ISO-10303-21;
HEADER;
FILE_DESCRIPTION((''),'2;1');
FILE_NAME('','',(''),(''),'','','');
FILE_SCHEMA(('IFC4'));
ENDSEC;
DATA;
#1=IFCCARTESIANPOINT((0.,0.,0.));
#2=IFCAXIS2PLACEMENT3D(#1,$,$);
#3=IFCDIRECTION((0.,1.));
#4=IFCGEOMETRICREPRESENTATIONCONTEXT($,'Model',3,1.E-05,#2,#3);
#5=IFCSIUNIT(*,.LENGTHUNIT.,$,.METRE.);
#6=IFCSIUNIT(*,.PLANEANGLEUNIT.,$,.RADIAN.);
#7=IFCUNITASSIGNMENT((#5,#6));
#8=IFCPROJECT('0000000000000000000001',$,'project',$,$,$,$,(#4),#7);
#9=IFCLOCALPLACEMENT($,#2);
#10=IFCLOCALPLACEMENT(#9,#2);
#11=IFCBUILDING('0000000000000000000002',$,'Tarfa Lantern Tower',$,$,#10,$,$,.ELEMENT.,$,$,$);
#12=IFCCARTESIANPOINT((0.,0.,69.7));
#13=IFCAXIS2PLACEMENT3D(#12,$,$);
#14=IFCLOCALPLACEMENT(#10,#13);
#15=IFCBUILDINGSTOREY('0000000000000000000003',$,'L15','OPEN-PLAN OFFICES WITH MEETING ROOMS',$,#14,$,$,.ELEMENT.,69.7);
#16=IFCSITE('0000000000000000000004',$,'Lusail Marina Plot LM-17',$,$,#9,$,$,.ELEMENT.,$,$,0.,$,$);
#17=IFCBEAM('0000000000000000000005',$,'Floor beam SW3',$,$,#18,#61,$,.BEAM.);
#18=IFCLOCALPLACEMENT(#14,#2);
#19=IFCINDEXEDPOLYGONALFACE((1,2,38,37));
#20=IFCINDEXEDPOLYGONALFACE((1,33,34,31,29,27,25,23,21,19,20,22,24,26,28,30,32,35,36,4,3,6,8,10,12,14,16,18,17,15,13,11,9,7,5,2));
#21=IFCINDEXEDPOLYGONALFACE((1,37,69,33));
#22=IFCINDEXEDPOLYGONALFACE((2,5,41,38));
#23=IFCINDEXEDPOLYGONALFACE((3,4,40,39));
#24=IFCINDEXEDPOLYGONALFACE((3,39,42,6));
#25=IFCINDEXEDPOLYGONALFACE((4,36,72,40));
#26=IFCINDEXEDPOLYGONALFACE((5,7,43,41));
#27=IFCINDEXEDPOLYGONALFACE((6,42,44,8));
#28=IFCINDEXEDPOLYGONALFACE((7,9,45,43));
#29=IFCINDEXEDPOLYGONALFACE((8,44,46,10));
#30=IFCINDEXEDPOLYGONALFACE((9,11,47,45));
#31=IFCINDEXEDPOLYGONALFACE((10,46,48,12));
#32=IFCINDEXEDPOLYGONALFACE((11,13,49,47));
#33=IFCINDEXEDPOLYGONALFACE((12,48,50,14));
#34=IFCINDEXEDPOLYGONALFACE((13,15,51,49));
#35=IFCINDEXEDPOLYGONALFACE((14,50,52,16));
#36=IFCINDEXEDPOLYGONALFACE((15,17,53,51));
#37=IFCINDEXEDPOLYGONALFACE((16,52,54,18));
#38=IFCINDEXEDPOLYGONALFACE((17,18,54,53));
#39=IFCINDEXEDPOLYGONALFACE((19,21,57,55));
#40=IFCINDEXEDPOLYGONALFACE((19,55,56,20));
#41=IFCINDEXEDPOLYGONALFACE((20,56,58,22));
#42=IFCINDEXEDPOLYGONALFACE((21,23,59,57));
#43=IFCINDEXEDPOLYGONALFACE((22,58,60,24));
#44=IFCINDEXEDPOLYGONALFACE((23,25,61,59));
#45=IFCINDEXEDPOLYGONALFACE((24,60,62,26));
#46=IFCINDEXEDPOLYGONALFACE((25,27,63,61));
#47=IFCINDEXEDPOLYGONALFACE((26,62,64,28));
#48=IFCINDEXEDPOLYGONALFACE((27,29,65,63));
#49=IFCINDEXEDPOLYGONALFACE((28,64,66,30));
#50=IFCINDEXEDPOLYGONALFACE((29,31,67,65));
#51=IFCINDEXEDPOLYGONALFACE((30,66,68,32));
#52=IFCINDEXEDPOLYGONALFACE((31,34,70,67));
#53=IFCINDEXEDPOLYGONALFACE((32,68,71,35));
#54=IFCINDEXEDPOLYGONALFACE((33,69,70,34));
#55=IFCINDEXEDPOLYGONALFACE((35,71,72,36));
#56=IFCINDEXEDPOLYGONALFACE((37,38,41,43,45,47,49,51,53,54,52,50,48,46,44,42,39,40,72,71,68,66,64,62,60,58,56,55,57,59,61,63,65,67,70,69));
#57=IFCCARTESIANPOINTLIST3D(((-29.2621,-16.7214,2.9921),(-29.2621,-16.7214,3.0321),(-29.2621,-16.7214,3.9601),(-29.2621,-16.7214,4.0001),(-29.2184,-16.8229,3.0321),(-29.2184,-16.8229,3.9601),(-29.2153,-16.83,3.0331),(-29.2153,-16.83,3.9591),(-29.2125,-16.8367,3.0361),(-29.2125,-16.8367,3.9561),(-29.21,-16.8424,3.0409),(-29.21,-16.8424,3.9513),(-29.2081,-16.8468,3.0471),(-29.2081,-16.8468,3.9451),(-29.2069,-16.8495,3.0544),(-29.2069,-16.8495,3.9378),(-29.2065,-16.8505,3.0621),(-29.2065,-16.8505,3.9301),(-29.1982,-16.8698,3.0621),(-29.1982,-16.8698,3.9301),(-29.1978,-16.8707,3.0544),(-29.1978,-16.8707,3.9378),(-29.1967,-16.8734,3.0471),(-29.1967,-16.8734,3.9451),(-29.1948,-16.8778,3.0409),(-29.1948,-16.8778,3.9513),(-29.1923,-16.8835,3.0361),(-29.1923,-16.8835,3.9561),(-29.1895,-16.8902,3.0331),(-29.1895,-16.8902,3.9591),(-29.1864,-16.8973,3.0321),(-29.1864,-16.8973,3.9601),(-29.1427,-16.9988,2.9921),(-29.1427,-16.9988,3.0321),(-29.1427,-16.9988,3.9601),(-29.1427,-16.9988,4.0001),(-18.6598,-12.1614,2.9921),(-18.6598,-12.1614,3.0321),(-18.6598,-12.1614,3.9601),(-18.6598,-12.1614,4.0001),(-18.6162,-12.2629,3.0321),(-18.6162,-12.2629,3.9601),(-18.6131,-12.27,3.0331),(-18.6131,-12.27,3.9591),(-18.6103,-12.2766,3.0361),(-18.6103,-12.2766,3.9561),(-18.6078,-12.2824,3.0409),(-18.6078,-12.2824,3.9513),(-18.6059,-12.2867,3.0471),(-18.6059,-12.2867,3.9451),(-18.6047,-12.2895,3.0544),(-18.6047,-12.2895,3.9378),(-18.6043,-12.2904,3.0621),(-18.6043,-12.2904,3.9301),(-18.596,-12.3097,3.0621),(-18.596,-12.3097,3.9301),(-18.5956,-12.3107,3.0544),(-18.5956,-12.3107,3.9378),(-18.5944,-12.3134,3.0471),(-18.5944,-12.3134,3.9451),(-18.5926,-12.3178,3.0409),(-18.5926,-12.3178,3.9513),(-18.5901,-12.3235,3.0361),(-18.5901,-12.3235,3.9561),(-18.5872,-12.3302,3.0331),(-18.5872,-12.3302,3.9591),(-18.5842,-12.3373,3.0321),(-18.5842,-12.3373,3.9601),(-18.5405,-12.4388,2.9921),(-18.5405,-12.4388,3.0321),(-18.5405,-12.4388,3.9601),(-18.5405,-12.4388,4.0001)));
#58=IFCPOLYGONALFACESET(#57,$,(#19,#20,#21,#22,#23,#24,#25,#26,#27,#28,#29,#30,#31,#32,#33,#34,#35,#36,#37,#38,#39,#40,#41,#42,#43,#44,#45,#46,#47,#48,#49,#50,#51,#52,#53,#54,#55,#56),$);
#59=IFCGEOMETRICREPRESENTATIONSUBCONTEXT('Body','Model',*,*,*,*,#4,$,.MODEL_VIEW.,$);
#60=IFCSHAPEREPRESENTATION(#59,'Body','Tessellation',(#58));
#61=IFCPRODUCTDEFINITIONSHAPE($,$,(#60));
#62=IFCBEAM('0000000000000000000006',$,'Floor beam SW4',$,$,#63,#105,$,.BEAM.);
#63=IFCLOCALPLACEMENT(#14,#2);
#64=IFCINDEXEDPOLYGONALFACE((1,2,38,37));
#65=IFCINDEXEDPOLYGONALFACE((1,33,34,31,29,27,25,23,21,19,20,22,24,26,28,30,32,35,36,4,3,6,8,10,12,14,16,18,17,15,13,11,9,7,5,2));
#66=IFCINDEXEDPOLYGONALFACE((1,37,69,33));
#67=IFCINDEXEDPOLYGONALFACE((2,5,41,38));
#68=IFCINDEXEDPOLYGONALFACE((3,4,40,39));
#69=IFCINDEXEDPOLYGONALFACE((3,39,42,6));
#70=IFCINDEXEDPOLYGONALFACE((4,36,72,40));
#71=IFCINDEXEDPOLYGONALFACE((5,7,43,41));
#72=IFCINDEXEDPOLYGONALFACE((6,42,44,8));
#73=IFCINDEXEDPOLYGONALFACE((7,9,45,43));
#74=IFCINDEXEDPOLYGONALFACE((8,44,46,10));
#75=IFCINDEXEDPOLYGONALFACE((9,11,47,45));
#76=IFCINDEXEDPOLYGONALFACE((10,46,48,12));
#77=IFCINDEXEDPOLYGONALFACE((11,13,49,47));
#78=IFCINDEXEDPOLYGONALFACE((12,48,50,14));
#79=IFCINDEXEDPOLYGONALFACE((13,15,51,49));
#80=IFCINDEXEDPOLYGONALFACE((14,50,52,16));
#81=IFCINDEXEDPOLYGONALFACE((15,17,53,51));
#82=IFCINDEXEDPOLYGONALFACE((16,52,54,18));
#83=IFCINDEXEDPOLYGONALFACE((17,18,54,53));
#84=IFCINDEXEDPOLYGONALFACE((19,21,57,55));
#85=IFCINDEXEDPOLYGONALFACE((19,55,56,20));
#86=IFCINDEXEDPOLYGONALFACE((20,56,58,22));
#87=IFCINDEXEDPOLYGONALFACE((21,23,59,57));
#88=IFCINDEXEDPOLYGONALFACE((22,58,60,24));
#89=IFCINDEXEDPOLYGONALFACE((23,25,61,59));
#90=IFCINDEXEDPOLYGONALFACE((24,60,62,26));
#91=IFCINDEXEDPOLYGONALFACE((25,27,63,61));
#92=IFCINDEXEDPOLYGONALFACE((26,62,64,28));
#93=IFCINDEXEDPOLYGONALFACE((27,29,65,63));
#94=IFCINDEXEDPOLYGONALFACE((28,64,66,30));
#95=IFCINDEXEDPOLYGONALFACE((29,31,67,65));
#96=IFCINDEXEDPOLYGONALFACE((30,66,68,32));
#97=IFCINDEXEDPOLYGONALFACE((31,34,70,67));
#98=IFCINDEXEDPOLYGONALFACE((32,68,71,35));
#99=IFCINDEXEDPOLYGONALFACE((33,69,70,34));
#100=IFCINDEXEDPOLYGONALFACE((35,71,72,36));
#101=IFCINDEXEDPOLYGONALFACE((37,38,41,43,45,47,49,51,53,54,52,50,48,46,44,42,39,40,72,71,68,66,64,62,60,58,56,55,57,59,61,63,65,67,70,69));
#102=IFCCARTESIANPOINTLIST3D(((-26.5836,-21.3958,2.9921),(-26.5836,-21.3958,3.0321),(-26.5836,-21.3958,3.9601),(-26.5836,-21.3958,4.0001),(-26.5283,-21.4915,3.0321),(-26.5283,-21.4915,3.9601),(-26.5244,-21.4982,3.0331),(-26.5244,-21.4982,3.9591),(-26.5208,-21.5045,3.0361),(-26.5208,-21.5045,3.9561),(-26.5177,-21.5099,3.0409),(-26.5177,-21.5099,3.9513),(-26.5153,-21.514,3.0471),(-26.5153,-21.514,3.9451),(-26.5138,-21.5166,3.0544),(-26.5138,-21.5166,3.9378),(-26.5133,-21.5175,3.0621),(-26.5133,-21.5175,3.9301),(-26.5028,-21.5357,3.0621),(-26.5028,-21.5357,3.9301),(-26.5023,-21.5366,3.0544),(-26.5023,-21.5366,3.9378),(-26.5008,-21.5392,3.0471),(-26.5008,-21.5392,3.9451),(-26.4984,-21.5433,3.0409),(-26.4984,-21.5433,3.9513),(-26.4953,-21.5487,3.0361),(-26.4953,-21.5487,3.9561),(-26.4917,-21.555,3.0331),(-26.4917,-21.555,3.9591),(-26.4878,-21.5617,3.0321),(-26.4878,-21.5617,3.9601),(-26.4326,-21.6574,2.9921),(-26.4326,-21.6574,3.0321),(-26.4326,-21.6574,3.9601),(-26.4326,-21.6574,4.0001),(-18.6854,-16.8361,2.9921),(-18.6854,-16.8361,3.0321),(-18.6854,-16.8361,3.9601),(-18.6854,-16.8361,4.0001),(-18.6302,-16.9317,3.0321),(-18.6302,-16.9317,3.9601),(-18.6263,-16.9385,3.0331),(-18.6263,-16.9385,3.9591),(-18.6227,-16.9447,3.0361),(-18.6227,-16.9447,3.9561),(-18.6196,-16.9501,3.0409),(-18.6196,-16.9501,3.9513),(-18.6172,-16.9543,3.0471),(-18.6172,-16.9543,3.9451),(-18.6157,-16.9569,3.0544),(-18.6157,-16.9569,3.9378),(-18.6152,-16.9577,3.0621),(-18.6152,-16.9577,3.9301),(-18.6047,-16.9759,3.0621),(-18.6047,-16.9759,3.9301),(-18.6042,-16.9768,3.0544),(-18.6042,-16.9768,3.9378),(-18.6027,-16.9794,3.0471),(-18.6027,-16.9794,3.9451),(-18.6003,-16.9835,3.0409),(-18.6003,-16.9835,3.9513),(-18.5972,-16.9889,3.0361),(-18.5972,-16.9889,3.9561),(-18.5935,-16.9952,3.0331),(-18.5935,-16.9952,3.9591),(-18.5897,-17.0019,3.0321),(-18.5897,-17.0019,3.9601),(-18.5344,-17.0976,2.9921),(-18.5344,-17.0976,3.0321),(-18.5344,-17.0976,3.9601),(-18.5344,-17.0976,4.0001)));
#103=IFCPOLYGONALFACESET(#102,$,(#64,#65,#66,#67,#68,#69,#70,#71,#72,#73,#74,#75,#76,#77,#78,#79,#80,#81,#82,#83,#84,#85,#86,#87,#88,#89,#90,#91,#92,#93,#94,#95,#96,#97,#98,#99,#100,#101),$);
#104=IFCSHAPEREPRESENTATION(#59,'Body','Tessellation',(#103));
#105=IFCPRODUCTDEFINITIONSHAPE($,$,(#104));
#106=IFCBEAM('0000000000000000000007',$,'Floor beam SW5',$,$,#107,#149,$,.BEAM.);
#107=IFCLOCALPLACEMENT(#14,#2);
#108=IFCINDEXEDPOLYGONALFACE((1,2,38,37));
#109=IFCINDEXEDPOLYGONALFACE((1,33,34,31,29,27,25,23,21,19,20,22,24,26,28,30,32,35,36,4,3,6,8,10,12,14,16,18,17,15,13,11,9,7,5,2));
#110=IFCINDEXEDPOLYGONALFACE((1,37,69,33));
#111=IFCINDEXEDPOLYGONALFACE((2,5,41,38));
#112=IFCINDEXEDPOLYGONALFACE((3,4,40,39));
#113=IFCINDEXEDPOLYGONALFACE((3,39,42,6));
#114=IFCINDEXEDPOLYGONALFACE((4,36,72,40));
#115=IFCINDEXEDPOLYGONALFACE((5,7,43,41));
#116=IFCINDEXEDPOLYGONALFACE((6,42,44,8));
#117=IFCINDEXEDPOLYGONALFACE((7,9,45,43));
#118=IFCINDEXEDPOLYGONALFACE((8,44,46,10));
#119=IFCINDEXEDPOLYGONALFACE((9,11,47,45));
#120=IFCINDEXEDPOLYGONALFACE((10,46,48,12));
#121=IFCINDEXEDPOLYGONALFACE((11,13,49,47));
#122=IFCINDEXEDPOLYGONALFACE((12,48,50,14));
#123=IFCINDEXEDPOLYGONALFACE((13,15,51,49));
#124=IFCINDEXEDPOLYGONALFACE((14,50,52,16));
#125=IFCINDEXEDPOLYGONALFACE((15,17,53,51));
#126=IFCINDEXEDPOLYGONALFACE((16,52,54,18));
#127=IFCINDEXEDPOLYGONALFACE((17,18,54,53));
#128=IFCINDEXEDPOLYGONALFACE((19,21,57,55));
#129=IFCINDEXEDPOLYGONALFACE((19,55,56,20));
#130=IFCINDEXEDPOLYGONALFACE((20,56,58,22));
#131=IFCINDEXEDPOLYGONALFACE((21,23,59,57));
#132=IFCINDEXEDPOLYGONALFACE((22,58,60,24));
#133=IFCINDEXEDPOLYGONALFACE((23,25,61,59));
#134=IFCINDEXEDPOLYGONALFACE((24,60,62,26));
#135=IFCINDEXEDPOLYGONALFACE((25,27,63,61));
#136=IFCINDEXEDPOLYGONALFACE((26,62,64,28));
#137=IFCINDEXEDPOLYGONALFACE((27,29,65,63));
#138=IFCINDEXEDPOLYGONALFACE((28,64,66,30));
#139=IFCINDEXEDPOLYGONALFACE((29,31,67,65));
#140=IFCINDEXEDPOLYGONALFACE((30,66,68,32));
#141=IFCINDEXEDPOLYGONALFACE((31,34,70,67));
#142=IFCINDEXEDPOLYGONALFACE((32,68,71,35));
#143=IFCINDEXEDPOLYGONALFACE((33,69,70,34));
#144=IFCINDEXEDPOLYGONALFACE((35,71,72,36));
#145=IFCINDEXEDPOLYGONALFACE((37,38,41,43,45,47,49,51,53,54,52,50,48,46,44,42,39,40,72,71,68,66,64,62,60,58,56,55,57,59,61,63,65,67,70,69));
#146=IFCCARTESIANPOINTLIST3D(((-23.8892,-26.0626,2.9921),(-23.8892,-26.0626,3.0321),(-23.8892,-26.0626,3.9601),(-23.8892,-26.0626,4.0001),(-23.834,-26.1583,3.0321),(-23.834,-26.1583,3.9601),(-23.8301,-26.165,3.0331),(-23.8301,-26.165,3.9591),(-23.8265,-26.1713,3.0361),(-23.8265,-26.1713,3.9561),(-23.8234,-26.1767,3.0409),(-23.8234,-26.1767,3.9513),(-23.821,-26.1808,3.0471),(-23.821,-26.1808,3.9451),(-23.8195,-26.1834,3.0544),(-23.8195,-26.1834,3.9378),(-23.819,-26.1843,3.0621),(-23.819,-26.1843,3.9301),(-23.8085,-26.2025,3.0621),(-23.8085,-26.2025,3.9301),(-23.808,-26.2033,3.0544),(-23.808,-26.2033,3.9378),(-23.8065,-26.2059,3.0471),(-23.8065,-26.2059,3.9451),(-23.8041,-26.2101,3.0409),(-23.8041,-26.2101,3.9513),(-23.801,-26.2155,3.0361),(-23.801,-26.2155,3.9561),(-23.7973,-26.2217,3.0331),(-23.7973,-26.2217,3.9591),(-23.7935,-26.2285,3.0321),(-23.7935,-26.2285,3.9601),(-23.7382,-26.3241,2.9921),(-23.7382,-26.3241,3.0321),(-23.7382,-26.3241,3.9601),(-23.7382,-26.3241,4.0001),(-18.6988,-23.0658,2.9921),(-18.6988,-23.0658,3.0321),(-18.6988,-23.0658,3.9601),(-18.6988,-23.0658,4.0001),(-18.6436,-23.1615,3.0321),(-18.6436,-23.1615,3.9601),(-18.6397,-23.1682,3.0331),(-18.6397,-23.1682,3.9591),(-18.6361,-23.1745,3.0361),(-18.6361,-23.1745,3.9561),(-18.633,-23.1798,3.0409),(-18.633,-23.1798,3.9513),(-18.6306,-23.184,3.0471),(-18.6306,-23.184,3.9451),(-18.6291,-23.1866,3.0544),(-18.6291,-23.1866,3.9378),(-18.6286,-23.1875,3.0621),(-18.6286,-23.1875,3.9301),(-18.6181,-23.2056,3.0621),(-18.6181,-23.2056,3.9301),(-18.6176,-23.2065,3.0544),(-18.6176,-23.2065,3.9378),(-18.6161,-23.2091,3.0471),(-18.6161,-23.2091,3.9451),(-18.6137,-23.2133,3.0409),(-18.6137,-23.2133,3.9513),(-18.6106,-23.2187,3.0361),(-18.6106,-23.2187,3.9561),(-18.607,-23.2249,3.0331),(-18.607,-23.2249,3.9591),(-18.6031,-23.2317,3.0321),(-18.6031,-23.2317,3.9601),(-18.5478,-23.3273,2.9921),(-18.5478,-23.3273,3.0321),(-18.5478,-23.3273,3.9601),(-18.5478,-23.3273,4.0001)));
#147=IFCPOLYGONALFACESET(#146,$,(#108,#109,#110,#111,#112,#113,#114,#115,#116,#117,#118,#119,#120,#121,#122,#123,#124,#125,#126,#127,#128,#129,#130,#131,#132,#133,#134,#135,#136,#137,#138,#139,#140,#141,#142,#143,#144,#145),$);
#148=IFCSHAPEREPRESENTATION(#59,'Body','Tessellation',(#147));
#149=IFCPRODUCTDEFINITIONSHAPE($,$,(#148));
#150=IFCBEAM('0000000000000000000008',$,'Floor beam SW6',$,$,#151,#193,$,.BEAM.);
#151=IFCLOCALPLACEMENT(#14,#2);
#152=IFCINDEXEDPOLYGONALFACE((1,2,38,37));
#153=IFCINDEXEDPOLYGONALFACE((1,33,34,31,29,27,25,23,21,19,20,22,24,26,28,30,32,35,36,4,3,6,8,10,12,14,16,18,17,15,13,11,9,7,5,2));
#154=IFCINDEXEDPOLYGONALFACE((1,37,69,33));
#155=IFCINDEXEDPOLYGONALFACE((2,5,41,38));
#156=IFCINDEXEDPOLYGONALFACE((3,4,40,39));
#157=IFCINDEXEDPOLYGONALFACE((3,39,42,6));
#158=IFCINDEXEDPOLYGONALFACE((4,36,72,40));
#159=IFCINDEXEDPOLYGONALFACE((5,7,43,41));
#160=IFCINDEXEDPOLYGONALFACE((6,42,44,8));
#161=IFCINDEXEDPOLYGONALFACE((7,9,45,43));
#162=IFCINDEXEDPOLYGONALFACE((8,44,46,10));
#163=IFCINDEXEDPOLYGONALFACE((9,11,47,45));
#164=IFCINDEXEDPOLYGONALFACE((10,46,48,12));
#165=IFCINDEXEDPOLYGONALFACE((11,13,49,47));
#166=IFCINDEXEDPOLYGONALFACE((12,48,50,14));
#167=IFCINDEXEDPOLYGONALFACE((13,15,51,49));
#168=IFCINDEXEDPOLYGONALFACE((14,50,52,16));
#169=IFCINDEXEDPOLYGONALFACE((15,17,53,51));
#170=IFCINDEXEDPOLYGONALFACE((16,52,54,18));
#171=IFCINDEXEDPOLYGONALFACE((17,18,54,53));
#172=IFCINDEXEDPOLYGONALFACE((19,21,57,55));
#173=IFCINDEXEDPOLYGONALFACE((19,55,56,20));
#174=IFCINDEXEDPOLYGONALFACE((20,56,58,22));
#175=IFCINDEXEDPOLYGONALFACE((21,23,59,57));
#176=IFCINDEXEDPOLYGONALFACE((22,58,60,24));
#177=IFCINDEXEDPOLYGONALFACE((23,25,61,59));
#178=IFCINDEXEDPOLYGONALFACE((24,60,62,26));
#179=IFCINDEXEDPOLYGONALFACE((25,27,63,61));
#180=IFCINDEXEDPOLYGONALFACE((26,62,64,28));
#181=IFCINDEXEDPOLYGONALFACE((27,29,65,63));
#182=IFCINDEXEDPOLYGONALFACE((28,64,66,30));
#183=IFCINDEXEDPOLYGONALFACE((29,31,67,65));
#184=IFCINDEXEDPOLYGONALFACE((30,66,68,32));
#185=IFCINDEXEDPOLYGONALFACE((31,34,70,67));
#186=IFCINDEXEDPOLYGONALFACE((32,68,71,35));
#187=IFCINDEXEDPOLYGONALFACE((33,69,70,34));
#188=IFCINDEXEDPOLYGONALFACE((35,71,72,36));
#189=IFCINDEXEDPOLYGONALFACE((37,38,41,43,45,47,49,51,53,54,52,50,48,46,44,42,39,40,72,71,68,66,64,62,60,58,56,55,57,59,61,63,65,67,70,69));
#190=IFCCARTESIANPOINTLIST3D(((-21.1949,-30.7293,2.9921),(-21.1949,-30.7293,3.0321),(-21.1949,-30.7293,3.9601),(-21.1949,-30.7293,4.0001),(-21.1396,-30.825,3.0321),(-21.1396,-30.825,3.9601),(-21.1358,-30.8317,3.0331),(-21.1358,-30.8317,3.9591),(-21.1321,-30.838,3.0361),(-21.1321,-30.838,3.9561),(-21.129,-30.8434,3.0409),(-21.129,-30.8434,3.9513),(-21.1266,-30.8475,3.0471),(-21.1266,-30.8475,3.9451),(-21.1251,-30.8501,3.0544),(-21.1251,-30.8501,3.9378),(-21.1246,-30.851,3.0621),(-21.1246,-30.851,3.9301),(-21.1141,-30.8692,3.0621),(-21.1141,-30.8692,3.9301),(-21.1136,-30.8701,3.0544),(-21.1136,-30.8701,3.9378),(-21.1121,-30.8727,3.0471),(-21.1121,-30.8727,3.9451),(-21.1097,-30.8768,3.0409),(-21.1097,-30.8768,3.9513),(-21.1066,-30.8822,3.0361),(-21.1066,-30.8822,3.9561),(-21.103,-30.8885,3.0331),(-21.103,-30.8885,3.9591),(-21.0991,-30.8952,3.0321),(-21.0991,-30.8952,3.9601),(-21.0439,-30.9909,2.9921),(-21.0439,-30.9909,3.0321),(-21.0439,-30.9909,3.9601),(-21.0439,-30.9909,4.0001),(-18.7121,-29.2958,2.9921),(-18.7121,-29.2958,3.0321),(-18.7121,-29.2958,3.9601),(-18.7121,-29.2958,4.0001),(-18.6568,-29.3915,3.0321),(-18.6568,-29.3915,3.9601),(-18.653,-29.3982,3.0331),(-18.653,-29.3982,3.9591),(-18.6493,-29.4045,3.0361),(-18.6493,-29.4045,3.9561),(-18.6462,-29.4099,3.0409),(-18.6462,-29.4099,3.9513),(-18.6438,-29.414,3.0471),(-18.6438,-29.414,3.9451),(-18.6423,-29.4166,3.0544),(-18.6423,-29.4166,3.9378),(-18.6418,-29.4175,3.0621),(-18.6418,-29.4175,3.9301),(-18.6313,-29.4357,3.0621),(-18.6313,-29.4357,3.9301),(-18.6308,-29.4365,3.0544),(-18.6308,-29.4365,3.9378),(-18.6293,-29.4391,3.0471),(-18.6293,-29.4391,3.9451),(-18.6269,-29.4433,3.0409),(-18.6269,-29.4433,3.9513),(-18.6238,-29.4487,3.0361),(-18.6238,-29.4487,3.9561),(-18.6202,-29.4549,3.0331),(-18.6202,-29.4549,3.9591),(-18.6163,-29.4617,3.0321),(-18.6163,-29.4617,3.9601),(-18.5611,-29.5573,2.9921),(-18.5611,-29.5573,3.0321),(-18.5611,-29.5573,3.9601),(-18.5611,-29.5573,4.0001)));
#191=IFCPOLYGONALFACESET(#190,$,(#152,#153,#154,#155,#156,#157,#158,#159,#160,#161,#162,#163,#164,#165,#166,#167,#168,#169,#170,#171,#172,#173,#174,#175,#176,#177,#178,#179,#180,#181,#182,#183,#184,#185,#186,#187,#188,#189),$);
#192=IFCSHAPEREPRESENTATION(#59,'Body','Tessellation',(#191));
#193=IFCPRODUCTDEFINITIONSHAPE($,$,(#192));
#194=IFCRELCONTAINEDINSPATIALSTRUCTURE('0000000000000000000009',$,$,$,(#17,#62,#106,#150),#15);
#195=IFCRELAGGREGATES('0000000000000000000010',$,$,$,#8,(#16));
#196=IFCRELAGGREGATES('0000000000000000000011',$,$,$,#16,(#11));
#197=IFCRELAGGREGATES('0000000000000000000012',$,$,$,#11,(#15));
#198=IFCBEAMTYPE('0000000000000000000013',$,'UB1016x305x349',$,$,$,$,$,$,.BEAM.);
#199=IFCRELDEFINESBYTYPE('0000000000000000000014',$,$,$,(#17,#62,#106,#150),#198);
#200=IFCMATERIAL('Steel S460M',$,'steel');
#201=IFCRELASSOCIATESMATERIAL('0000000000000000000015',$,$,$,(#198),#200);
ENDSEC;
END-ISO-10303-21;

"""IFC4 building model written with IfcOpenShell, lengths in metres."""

from ifc_helpers import new_model, si_unit, direction, frame, origin, origin_2d, place, context, subcontext, project, spatial, i_section, extrude, material, material_profile, profile_set, type_object, element, save


model = new_model("IFC4")

# Units and contexts
model_context = context("Model", 3, precision=1e-05, world=origin(), true_north=direction((0.0, 1.0)))
body_context = subcontext(model_context, "Body", "Model", "MODEL_VIEW")
ifc_project = project(units=[si_unit("LENGTHUNIT", "METRE"), si_unit("PLANEANGLEUNIT", "RADIAN")], contexts=[model_context])

# Site, building, storey
site_placement = place(None, origin())
site = spatial("IfcSite", under=ifc_project, at=site_placement, Name="Lusail Marina Plot LM-17", CompositionType="ELEMENT", RefElevation=0.0)
building_placement = place(site_placement, origin())
building = spatial("IfcBuilding", under=site, at=building_placement, Name="Tarfa Lantern Tower", CompositionType="ELEMENT")
storey_placement = place(building_placement, frame((0.0, 0.0, 69.7)))
storey = spatial("IfcBuildingStorey", under=building, at=storey_placement, Name="L15", Description="OPEN-PLAN OFFICES WITH MEETING ROOMS", CompositionType="ELEMENT", Elevation=69.7)

# Beams
ifc_material_1 = material(Name="Steel S460M", Category="steel")
ifc_material_profile_1 = material_profile(ifc_material_1, i_section(OverallWidth=0.302, OverallDepth=1.0081, WebThickness=0.021, FlangeThickness=0.04, FilletRadius=0.03, at=origin_2d()), Name="UB1016x305x349")
ifc_profile_set_1 = profile_set([ifc_material_profile_1], Name="Steel S460M")
beam_type_1 = type_object("IfcBeamType", Name="UB1016x305x349", PredefinedType="BEAM", material=ifc_profile_set_1)
beam_1_placement = place(storey_placement, frame((-29.2024, -16.8601, 3.4961), z_axis=(0.918635, 0.395106, 0.0), x_axis=(-0.395106, 0.918635, 0.0)))
element("IfcBeam", 1, at=beam_1_placement, inside=storey, type_object=beam_type_1, Name="Floor beam SW3", PredefinedType="BEAM", context=body_context, shape_type="SweptSolid", body=[
    extrude(i_section(OverallWidth=0.302, OverallDepth=1.0081, WebThickness=0.021, FlangeThickness=0.04, FilletRadius=0.03, at=origin_2d()), origin(), (0.0, 0.0, 1.0), 11.5413),
])
beam_2_placement = place(storey_placement, frame((-26.5081, -21.5266, 3.4961), z_axis=(0.866035, 0.499983, 0.0), x_axis=(-0.499983, 0.866035, 0.0)))
element("IfcBeam", 2, at=beam_2_placement, inside=storey, type_object=beam_type_1, Name="Floor beam SW4", PredefinedType="BEAM", context=body_context, shape_type="SweptSolid", body=[
    extrude(i_section(OverallWidth=0.302, OverallDepth=1.0081, WebThickness=0.021, FlangeThickness=0.04, FilletRadius=0.03, at=origin_2d()), origin(), (0.0, 0.0, 1.0), 9.1199),
])
beam_3_placement = place(storey_placement, frame((-23.8137, -26.1934, 3.4961), z_axis=(0.866016, 0.500016, 0.0), x_axis=(-0.500016, 0.866016, 0.0)))
element("IfcBeam", 3, at=beam_3_placement, inside=storey, type_object=beam_type_1, Name="Floor beam SW5", PredefinedType="BEAM", context=body_context, shape_type="SweptSolid", body=[
    extrude(i_section(OverallWidth=0.302, OverallDepth=1.0081, WebThickness=0.021, FlangeThickness=0.04, FilletRadius=0.03, at=origin_2d()), origin(), (0.0, 0.0, 1.0), 5.9934),
])
beam_4_placement = place(storey_placement, frame((-21.1194, -30.8601, 3.4961), z_axis=(0.866013, 0.500022, 0.0), x_axis=(-0.500022, 0.866013, 0.0)))
element("IfcBeam", 4, at=beam_4_placement, inside=storey, type_object=beam_type_1, Name="Floor beam SW6", PredefinedType="BEAM", context=body_context, shape_type="SweptSolid", body=[
    extrude(i_section(OverallWidth=0.302, OverallDepth=1.0081, WebThickness=0.021, FlangeThickness=0.04, FilletRadius=0.03, at=origin_2d()), origin(), (0.0, 0.0, 1.0), 2.8669),
])

save(model, "model.ifc")
